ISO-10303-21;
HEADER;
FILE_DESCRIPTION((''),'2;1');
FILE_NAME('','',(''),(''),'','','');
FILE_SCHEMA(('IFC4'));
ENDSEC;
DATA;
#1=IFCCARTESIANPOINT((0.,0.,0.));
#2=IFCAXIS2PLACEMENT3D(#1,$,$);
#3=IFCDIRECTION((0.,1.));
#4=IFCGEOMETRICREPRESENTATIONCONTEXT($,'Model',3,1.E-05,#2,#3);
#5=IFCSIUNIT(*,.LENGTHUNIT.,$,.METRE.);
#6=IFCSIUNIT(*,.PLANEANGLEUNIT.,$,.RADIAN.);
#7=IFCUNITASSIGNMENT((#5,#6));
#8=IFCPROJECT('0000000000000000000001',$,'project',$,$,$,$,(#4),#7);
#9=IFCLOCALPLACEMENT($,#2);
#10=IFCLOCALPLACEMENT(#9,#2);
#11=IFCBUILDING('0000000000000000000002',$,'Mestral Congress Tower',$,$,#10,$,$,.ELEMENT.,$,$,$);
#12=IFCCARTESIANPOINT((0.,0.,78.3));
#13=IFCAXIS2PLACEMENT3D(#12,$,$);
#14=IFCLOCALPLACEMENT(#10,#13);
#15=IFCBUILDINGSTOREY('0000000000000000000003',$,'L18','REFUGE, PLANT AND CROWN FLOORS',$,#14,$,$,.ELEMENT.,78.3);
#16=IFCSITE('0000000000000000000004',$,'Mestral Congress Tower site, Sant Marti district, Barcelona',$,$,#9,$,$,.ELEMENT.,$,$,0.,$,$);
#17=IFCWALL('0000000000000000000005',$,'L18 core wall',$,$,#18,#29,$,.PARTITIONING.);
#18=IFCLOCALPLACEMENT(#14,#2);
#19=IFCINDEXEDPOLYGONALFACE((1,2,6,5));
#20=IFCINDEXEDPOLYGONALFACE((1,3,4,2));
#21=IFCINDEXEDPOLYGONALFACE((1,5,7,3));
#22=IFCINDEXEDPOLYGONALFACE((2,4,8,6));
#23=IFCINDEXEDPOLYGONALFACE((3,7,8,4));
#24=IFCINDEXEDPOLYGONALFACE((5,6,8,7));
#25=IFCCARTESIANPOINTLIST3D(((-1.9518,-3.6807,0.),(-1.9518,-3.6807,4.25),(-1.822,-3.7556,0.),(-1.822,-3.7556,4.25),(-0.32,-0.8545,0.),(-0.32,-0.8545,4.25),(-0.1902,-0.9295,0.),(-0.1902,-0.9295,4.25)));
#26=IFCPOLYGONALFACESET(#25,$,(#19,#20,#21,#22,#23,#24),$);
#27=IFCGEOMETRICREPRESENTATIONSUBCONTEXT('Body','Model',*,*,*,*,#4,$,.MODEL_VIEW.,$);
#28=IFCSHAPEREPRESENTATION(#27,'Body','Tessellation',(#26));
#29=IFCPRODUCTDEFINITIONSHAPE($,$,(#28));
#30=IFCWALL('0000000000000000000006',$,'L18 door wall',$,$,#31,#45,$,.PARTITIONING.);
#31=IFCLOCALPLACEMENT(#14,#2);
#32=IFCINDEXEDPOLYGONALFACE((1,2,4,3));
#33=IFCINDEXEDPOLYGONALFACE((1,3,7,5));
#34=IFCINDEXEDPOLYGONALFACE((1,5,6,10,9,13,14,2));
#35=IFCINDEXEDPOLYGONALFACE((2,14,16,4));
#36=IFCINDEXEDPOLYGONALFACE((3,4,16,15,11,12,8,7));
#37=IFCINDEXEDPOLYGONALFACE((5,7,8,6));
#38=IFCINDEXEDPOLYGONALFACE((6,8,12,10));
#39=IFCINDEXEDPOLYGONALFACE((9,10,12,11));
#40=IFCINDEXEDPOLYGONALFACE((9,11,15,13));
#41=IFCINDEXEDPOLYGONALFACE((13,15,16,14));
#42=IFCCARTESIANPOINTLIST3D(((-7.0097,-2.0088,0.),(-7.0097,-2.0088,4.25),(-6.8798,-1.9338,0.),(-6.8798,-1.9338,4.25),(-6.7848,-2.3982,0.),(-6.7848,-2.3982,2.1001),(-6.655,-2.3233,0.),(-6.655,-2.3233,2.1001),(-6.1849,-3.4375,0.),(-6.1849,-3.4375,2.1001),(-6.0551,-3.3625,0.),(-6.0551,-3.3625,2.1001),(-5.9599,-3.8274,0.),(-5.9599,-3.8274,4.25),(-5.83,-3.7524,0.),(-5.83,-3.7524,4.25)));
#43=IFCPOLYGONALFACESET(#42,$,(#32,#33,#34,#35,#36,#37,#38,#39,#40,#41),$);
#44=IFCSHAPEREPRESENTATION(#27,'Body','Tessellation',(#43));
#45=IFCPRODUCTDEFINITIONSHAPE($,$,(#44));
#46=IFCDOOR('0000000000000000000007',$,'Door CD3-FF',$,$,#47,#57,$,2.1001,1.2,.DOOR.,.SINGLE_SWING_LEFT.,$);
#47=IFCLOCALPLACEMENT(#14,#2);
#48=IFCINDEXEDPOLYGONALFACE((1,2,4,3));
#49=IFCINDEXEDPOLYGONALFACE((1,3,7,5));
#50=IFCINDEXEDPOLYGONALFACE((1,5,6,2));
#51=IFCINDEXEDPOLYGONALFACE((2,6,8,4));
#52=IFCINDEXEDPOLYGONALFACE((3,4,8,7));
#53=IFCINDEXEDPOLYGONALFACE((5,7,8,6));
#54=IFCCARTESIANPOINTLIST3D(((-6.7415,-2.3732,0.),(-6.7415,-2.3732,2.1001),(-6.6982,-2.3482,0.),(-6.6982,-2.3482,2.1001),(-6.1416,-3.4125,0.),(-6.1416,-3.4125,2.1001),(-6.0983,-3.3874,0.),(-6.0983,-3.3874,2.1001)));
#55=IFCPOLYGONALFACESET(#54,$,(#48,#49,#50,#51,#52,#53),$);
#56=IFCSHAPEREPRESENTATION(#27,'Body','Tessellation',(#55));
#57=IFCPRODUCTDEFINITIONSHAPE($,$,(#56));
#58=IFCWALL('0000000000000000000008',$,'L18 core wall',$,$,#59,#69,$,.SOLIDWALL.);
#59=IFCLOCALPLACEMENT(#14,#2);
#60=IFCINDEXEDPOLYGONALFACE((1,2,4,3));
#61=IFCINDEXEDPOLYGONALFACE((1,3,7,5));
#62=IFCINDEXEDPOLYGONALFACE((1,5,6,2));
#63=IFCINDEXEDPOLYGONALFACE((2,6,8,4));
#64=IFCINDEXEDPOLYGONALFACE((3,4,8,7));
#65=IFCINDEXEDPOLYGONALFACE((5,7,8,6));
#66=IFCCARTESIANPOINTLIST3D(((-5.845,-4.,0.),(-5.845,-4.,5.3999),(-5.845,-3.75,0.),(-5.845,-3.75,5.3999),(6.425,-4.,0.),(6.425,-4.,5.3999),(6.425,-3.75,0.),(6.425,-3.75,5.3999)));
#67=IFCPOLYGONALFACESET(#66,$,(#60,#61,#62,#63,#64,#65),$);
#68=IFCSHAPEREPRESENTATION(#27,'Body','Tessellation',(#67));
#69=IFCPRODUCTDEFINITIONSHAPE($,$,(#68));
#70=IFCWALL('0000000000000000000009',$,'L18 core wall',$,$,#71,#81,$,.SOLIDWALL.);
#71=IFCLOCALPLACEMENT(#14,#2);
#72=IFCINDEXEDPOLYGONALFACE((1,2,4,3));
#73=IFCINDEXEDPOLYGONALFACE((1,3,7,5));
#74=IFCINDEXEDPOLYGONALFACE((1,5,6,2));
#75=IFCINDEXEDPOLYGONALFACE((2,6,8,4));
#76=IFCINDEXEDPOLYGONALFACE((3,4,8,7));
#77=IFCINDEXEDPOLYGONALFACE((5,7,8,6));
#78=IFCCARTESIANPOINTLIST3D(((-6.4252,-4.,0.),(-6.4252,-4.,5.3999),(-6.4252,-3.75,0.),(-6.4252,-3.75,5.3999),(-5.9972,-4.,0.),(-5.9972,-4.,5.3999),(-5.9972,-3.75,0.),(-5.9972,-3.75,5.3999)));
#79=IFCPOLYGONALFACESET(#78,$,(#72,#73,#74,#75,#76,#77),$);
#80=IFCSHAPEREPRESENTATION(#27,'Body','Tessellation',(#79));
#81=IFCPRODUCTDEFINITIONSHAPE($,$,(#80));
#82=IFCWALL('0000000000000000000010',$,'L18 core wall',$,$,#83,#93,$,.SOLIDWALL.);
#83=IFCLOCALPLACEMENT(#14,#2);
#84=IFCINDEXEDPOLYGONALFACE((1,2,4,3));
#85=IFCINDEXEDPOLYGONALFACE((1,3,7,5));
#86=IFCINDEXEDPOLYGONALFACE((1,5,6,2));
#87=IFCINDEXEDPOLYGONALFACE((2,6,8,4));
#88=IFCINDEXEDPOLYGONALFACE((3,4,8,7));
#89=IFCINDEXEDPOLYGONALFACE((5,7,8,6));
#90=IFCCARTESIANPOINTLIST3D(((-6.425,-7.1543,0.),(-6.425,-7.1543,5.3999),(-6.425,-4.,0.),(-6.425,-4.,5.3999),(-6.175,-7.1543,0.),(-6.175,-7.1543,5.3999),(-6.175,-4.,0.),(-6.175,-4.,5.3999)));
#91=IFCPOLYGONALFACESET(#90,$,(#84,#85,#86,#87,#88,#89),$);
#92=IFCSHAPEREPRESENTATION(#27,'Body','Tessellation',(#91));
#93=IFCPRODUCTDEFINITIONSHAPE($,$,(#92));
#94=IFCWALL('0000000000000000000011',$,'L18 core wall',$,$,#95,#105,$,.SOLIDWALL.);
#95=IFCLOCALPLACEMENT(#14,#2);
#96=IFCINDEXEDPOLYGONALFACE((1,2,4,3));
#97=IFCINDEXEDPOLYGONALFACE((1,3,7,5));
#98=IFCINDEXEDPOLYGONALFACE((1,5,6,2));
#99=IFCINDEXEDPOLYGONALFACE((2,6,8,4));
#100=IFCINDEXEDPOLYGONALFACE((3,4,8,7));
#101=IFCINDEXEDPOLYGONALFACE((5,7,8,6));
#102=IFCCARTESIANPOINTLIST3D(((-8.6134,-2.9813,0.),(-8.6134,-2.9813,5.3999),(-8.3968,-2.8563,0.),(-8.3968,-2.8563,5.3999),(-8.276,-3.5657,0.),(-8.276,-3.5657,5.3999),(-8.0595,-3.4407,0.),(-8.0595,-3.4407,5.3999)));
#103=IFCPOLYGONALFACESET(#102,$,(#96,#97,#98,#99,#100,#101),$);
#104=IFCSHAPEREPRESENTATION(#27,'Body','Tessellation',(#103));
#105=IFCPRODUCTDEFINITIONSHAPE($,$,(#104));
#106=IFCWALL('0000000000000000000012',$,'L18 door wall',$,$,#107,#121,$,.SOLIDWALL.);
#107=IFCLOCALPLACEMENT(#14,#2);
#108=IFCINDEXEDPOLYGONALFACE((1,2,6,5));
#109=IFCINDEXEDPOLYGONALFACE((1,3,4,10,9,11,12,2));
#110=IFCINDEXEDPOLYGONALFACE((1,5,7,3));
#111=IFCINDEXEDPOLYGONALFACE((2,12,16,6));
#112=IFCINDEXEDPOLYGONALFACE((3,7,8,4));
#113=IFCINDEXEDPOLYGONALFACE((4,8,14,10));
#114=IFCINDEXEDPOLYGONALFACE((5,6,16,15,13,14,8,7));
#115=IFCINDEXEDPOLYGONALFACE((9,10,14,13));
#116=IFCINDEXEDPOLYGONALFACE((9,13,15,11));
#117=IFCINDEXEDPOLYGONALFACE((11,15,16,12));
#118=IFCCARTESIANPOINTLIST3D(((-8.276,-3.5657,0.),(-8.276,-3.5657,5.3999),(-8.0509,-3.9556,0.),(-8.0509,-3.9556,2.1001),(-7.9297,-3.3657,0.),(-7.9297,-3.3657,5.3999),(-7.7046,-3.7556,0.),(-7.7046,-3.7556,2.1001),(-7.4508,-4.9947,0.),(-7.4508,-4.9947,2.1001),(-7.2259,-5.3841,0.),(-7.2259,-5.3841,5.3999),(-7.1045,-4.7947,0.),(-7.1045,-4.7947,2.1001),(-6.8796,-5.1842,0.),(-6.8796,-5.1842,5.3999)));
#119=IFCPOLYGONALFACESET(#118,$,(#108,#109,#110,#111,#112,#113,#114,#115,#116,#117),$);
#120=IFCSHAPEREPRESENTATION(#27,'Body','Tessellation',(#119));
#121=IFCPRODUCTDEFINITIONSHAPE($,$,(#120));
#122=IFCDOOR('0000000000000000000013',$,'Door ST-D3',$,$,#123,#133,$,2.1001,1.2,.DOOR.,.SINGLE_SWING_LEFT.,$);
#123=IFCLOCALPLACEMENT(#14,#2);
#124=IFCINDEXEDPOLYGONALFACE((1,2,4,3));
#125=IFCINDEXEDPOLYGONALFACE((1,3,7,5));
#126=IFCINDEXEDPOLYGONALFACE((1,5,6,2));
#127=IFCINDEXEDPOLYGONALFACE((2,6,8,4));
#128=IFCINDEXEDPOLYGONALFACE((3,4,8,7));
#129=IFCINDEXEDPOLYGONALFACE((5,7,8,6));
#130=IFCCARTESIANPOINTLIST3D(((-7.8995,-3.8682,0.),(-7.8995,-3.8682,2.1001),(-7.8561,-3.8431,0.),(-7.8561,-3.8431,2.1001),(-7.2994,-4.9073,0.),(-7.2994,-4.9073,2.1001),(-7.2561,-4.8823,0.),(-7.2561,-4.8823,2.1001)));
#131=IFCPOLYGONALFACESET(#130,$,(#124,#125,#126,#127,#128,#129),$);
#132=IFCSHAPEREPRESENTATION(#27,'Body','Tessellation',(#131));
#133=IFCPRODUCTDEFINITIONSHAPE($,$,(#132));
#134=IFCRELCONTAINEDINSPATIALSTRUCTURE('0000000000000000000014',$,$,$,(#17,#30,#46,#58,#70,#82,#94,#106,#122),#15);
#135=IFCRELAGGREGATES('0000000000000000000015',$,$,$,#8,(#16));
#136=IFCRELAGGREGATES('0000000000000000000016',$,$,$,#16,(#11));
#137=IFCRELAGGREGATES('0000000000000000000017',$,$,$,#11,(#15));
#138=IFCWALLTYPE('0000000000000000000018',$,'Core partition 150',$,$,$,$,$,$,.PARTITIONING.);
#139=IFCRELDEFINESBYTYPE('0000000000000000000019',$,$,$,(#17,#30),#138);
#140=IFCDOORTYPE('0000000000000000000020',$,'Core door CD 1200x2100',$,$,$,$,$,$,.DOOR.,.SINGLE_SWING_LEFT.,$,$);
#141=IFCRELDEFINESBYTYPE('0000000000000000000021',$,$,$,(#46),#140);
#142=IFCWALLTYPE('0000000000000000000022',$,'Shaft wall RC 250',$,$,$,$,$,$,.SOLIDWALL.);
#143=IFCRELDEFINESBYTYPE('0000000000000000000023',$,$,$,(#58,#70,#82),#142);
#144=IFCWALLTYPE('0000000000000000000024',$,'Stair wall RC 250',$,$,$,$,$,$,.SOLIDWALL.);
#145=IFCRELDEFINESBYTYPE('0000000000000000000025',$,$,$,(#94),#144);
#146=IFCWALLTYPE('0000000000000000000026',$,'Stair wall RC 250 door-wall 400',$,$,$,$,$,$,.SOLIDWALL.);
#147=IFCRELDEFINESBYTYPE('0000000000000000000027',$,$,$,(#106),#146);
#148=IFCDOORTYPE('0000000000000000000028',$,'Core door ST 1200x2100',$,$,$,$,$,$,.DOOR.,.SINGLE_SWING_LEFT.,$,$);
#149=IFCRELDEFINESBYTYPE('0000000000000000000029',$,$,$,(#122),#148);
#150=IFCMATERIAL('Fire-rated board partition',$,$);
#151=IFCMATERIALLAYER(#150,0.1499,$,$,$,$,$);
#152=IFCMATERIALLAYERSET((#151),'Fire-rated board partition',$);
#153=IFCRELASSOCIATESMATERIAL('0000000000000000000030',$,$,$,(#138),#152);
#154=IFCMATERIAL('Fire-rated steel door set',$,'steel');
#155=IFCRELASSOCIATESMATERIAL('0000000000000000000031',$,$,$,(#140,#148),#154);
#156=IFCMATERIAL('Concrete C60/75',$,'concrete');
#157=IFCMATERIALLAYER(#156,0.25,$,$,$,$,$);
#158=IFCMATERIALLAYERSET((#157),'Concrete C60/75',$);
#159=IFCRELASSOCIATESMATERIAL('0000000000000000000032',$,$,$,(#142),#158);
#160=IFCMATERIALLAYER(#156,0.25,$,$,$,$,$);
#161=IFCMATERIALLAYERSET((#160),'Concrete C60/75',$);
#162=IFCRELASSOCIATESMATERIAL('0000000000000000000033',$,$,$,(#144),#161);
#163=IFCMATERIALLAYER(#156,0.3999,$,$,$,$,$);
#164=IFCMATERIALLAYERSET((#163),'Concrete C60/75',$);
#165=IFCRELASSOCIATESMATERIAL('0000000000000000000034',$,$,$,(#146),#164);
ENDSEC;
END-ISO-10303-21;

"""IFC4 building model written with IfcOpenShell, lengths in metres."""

from ifc_helpers import new_model, si_unit, direction, frame, frame_2d, origin, place, context, subcontext, project, spatial, rectangle, extrude, material, layer, layer_set, type_object, element, fill, save


model = new_model("IFC4")

# Units and contexts
model_context = context("Model", 3, precision=1e-05, world=origin(), true_north=direction((0.0, 1.0)))
body_context = subcontext(model_context, "Body", "Model", "MODEL_VIEW")
ifc_project = project(units=[si_unit("LENGTHUNIT", "METRE"), si_unit("PLANEANGLEUNIT", "RADIAN")], contexts=[model_context])

# Site, building, storey
site_placement = place(None, origin())
site = spatial("IfcSite", under=ifc_project, at=site_placement, Name="Mestral Congress Tower site, Sant Marti district, Barcelona", CompositionType="ELEMENT", RefElevation=0.0)
building_placement = place(site_placement, origin())
building = spatial("IfcBuilding", under=site, at=building_placement, Name="Mestral Congress Tower", CompositionType="ELEMENT")
storey_placement = place(building_placement, frame((0.0, 0.0, 78.3)))
storey = spatial("IfcBuildingStorey", under=building, at=storey_placement, Name="L18", Description="REFUGE, PLANT AND CROWN FLOORS", CompositionType="ELEMENT", Elevation=78.3)

# Wall
ifc_material_1 = material(Name="Fire-rated board partition")
ifc_layer_1 = layer(ifc_material_1, 0.1499)
ifc_layer_set_1 = layer_set([ifc_layer_1], Name="Fire-rated board partition")
wall_type_1 = type_object("IfcWallType", Name="Core partition 150", PredefinedType="PARTITIONING", material=ifc_layer_set_1)
wall_1_placement = place(storey_placement, frame((-1.887, -3.7183, 0.0), z_axis=(0.0, 0.0, 1.0), x_axis=(0.500033, 0.866006, 0.0)))
element("IfcWall", 1, at=wall_1_placement, inside=storey, type_object=wall_type_1, Name="L18 core wall", PredefinedType="PARTITIONING", context=body_context, shape_type="SweptSolid", body=[
    extrude(rectangle(XDim=3.2634, YDim=0.1499, at=frame_2d((1.6318, 0.0))), origin(), (0.0, 0.0, 1.0), 4.25),
])

# Wall, opening, door
wall_2_placement = place(storey_placement, frame((-5.895, -3.7898, 0.0), z_axis=(0.0, 0.0, 1.0), x_axis=(-0.499941, 0.86606, 0.0)))
wall_2 = element("IfcWall", 2, at=wall_2_placement, inside=storey, type_object=wall_type_1, Name="L18 door wall", PredefinedType="PARTITIONING", context=body_context, shape_type="SweptSolid", body=[
    extrude(rectangle(XDim=2.0999, YDim=0.1499, at=frame_2d((1.0498, 0.0))), origin(), (0.0, 0.0, 1.0), 4.25),
])
opening_1_placement = place(wall_2_placement, frame((0.45, 0.0, 0.0)))
opening_1 = element("IfcOpeningElement", 3, at=opening_1_placement, cuts=wall_2, PredefinedType="OPENING", context=body_context, shape_type="SweptSolid", body=[
    extrude(rectangle(XDim=1.2, YDim=2.1001, at=frame_2d((0.6001, 1.05))), frame((0.0, 0.085, 0.0), z_axis=(0.0, -1.0, 0.0), x_axis=(1.0, 0.0, 0.0)), (0.0, 0.0, 1.0), 0.1699),
])
ifc_material_2 = material(Name="Fire-rated steel door set", Category="steel")
door_type_1 = type_object("IfcDoorType", Name="Core door CD 1200x2100", OperationType="SINGLE_SWING_LEFT", PredefinedType="DOOR", material=ifc_material_2)
door_1_placement = place(opening_1_placement, origin())
door_1 = element("IfcDoor", 4, at=door_1_placement, inside=storey, type_object=door_type_1, Name="Door CD3-FF", OperationType="SINGLE_SWING_LEFT", OverallHeight=2.1001, OverallWidth=1.2, PredefinedType="DOOR", context=body_context, shape_type="SweptSolid", body=[
    extrude(rectangle(XDim=1.2, YDim=2.1001, at=frame_2d((0.6001, 1.05))), frame((0.0, 0.0249, 0.0), z_axis=(0.0, -1.0, 0.0), x_axis=(1.0, 0.0, 0.0)), (0.0, 0.0, 1.0), 0.05),
])
fill(opening_1, door_1)

# Walls
ifc_material_3 = material(Name="Concrete C60/75", Category="concrete")
ifc_layer_2 = layer(ifc_material_3, 0.25)
ifc_layer_set_2 = layer_set([ifc_layer_2], Name="Concrete C60/75")
wall_type_2 = type_object("IfcWallType", Name="Shaft wall RC 250", PredefinedType="SOLIDWALL", material=ifc_layer_set_2)
wall_3_placement = place(storey_placement, frame((-5.845, -3.875, 0.0), z_axis=(0.0, 0.0, 1.0), x_axis=(1.0, 0.0, 0.0)))
element("IfcWall", 5, at=wall_3_placement, inside=storey, type_object=wall_type_2, Name="L18 core wall", PredefinedType="SOLIDWALL", context=body_context, shape_type="SweptSolid", body=[
    extrude(rectangle(XDim=12.27, YDim=0.25, at=frame_2d((6.135, 0.0))), origin(), (0.0, 0.0, 1.0), 5.3999),
])
wall_4_placement = place(storey_placement, frame((-6.425, -3.875, 0.0), z_axis=(0.0, 0.0, 1.0), x_axis=(1.0, 0.0, 0.0)))
element("IfcWall", 6, at=wall_4_placement, inside=storey, type_object=wall_type_2, Name="L18 core wall", PredefinedType="SOLIDWALL", context=body_context, shape_type="SweptSolid", body=[
    extrude(rectangle(XDim=0.428, YDim=0.25, at=frame_2d((0.2139, 0.0))), origin(), (0.0, 0.0, 1.0), 5.3999),
])
wall_5_placement = place(storey_placement, frame((-6.3, -4.0, 0.0), z_axis=(0.0, 0.0, 1.0), x_axis=(0.0, -1.0, 0.0)))
element("IfcWall", 7, at=wall_5_placement, inside=storey, type_object=wall_type_2, Name="L18 core wall", PredefinedType="SOLIDWALL", context=body_context, shape_type="SweptSolid", body=[
    extrude(rectangle(XDim=3.1543, YDim=0.25, at=frame_2d((1.5771, 0.0))), origin(), (0.0, 0.0, 1.0), 5.3999),
])
ifc_layer_3 = layer(ifc_material_3, 0.25)
ifc_layer_set_3 = layer_set([ifc_layer_3], Name="Concrete C60/75")
wall_type_3 = type_object("IfcWallType", Name="Stair wall RC 250", PredefinedType="SOLIDWALL", material=ifc_layer_set_3)
wall_6_placement = place(storey_placement, frame((-8.1677, -3.5032, 0.0), z_axis=(0.0, 0.0, 1.0), x_axis=(-0.499952, 0.866053, 0.0)))
element("IfcWall", 8, at=wall_6_placement, inside=storey, type_object=wall_type_3, Name="L18 core wall", PredefinedType="SOLIDWALL", context=body_context, shape_type="SweptSolid", body=[
    extrude(rectangle(XDim=0.6748, YDim=0.25, at=frame_2d((0.3374, 0.0))), origin(), (0.0, 0.0, 1.0), 5.3999),
])

# Wall, opening, door
ifc_layer_4 = layer(ifc_material_3, 0.3999)
ifc_layer_set_4 = layer_set([ifc_layer_4], Name="Concrete C60/75")
wall_type_4 = type_object("IfcWallType", Name="Stair wall RC 250 door-wall 400", PredefinedType="SOLIDWALL", material=ifc_layer_set_4)
wall_7_placement = place(storey_placement, frame((-8.1028, -3.4658, 0.0), z_axis=(0.0, 0.0, 1.0), x_axis=(0.500078, -0.86598, 0.0)))
wall_7 = element("IfcWall", 9, at=wall_7_placement, inside=storey, type_object=wall_type_4, Name="L18 door wall", PredefinedType="SOLIDWALL", context=body_context, shape_type="SweptSolid", body=[
    extrude(rectangle(XDim=2.0999, YDim=0.3999, at=frame_2d((1.0498, 0.0))), origin(), (0.0, 0.0, 1.0), 5.3999),
])
opening_2_placement = place(wall_7_placement, frame((0.45, 0.0, 0.0)))
opening_2 = element("IfcOpeningElement", 10, at=opening_2_placement, cuts=wall_7, PredefinedType="OPENING", context=body_context, shape_type="SweptSolid", body=[
    extrude(rectangle(XDim=1.2, YDim=2.1001, at=frame_2d((0.6001, 1.05))), frame((0.0, 0.21, 0.0), z_axis=(0.0, -1.0, 0.0), x_axis=(1.0, 0.0, 0.0)), (0.0, 0.0, 1.0), 0.4199),
])
door_type_2 = type_object("IfcDoorType", Name="Core door ST 1200x2100", OperationType="SINGLE_SWING_LEFT", PredefinedType="DOOR", material=ifc_material_2)
door_2_placement = place(opening_2_placement, origin())
door_2 = element("IfcDoor", 11, at=door_2_placement, inside=storey, type_object=door_type_2, Name="Door ST-D3", OperationType="SINGLE_SWING_LEFT", OverallHeight=2.1001, OverallWidth=1.2, PredefinedType="DOOR", context=body_context, shape_type="SweptSolid", body=[
    extrude(rectangle(XDim=1.2, YDim=2.1001, at=frame_2d((0.6001, 1.05))), frame((0.0, 0.0249, 0.0), z_axis=(0.0, -1.0, 0.0), x_axis=(1.0, 0.0, 0.0)), (0.0, 0.0, 1.0), 0.05),
])
fill(opening_2, door_2)

save(model, "model.ifc")
